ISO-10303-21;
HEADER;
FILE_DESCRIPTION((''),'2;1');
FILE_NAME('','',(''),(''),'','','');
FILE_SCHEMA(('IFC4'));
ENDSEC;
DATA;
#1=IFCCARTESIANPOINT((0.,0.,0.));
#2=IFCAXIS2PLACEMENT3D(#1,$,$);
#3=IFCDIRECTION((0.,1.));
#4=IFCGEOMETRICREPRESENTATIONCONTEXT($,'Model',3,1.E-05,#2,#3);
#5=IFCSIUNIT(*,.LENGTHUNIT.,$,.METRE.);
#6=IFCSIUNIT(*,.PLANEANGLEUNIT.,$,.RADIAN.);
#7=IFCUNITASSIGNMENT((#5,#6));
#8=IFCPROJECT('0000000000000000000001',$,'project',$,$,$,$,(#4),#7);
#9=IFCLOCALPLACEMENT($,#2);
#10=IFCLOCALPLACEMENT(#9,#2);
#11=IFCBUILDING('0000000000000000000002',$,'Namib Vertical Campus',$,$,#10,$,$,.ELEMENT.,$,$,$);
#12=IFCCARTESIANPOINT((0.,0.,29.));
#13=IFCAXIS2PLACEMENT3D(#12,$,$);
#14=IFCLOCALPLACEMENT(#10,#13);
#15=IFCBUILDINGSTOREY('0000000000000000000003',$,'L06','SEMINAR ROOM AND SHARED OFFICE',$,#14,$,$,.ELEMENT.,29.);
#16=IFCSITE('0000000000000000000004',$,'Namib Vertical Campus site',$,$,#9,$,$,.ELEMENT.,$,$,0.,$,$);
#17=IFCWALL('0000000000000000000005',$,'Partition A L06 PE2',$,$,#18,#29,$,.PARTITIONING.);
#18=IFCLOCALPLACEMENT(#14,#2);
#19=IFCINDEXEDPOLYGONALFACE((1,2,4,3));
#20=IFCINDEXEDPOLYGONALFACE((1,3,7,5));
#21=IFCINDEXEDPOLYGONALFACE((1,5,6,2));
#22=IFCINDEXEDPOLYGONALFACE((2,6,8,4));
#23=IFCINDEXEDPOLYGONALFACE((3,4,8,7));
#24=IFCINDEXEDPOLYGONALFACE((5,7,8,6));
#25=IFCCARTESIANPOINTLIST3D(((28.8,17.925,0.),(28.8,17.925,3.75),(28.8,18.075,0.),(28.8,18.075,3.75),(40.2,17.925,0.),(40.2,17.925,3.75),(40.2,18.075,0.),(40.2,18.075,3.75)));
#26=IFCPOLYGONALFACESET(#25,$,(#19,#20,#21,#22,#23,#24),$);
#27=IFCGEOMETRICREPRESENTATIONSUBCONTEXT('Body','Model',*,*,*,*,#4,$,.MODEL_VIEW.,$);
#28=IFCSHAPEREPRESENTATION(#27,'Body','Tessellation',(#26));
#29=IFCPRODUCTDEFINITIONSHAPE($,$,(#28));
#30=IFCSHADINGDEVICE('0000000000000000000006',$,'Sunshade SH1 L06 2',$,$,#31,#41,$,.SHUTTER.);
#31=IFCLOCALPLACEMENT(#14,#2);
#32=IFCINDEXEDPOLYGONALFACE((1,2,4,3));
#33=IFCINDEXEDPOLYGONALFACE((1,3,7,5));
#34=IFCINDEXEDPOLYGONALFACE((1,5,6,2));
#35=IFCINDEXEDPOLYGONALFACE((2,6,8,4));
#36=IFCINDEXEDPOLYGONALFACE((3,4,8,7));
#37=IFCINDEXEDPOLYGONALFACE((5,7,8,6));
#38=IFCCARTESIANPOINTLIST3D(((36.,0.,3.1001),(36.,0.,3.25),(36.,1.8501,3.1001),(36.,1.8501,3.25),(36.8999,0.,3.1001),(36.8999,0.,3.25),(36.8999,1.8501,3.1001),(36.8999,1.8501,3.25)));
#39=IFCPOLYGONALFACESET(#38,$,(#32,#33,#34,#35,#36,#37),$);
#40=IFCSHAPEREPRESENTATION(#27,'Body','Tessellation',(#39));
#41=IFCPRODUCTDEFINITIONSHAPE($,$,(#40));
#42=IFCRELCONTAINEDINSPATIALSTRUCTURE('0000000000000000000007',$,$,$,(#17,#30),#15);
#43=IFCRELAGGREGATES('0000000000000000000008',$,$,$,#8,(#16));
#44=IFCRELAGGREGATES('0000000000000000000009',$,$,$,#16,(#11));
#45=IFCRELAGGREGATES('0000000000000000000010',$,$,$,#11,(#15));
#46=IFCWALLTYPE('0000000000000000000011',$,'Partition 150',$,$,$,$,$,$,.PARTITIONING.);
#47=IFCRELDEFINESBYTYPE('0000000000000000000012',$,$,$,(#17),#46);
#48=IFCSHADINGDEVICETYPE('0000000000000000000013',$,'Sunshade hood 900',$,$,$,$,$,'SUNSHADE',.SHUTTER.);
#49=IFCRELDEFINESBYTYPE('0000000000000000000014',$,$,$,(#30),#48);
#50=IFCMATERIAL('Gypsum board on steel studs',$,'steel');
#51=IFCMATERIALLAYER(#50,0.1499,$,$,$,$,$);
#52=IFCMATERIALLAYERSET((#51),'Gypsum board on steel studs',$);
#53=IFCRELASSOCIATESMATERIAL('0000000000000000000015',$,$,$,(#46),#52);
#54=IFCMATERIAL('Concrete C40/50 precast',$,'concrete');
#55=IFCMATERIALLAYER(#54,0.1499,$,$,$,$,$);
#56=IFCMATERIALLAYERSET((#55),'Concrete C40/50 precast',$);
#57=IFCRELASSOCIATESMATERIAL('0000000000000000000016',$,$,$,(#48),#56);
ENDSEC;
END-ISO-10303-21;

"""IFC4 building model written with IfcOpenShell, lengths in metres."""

from ifc_helpers import new_model, si_unit, direction, frame, frame_2d, origin, origin_2d, place, context, subcontext, project, spatial, rectangle, extrude, material, layer, layer_set, type_object, element, save


model = new_model("IFC4")

# Units and contexts
model_context = context("Model", 3, precision=1e-05, world=origin(), true_north=direction((0.0, 1.0)))
body_context = subcontext(model_context, "Body", "Model", "MODEL_VIEW")
ifc_project = project(units=[si_unit("LENGTHUNIT", "METRE"), si_unit("PLANEANGLEUNIT", "RADIAN")], contexts=[model_context])

# Site, building, storey
site_placement = place(None, origin())
site = spatial("IfcSite", under=ifc_project, at=site_placement, Name="Namib Vertical Campus site", CompositionType="ELEMENT", RefElevation=0.0)
building_placement = place(site_placement, origin())
building = spatial("IfcBuilding", under=site, at=building_placement, Name="Namib Vertical Campus", CompositionType="ELEMENT")
storey_placement = place(building_placement, frame((0.0, 0.0, 29.0)))
storey = spatial("IfcBuildingStorey", under=building, at=storey_placement, Name="L06", Description="SEMINAR ROOM AND SHARED OFFICE", CompositionType="ELEMENT", Elevation=29.0)

# Wall
ifc_material_1 = material(Name="Gypsum board on steel studs", Category="steel")
ifc_layer_1 = layer(ifc_material_1, 0.1499)
ifc_layer_set_1 = layer_set([ifc_layer_1], Name="Gypsum board on steel studs")
wall_type_1 = type_object("IfcWallType", Name="Partition 150", PredefinedType="PARTITIONING", material=ifc_layer_set_1)
for number, where, z_axis, x_axis, name in (
    (1, (28.8, 18.0, 0.0), (0.0, 0.0, 1.0), (1.0, 0.0, 0.0), "Partition A L06 PE2"),
):
    element("IfcWall", number, at=place(storey_placement, frame(where, z_axis=z_axis, x_axis=x_axis)), inside=storey, type_object=wall_type_1, Name=name, PredefinedType="PARTITIONING", context=body_context, shape_type="SweptSolid", body=[
        extrude(rectangle(XDim=11.3999, YDim=0.1499, at=frame_2d((5.7, 0.0))), origin(), (0.0, 0.0, 1.0), 3.75),
    ])

# Shading device
ifc_material_2 = material(Name="Concrete C40/50 precast", Category="concrete")
ifc_layer_2 = layer(ifc_material_2, 0.1499)
ifc_layer_set_2 = layer_set([ifc_layer_2], Name="Concrete C40/50 precast")
shading_device_type = type_object("IfcShadingDeviceType", Name="Sunshade hood 900", ElementType="SUNSHADE", PredefinedType="SHUTTER", material=ifc_layer_set_2)
shading_device_placement = place(storey_placement, frame((36.45, 0.925, 3.1001), z_axis=(0.0, 0.0, 1.0), x_axis=(0.0, 1.0, 0.0)))
element("IfcShadingDevice", 2, at=shading_device_placement, inside=storey, type_object=shading_device_type, Name="Sunshade SH1 L06 2", PredefinedType="SHUTTER", context=body_context, shape_type="SweptSolid", body=[
    extrude(rectangle(XDim=1.8501, YDim=0.8999, at=origin_2d()), origin(), (0.0, 0.0, 1.0), 0.1499),
])

save(model, "model.ifc")
